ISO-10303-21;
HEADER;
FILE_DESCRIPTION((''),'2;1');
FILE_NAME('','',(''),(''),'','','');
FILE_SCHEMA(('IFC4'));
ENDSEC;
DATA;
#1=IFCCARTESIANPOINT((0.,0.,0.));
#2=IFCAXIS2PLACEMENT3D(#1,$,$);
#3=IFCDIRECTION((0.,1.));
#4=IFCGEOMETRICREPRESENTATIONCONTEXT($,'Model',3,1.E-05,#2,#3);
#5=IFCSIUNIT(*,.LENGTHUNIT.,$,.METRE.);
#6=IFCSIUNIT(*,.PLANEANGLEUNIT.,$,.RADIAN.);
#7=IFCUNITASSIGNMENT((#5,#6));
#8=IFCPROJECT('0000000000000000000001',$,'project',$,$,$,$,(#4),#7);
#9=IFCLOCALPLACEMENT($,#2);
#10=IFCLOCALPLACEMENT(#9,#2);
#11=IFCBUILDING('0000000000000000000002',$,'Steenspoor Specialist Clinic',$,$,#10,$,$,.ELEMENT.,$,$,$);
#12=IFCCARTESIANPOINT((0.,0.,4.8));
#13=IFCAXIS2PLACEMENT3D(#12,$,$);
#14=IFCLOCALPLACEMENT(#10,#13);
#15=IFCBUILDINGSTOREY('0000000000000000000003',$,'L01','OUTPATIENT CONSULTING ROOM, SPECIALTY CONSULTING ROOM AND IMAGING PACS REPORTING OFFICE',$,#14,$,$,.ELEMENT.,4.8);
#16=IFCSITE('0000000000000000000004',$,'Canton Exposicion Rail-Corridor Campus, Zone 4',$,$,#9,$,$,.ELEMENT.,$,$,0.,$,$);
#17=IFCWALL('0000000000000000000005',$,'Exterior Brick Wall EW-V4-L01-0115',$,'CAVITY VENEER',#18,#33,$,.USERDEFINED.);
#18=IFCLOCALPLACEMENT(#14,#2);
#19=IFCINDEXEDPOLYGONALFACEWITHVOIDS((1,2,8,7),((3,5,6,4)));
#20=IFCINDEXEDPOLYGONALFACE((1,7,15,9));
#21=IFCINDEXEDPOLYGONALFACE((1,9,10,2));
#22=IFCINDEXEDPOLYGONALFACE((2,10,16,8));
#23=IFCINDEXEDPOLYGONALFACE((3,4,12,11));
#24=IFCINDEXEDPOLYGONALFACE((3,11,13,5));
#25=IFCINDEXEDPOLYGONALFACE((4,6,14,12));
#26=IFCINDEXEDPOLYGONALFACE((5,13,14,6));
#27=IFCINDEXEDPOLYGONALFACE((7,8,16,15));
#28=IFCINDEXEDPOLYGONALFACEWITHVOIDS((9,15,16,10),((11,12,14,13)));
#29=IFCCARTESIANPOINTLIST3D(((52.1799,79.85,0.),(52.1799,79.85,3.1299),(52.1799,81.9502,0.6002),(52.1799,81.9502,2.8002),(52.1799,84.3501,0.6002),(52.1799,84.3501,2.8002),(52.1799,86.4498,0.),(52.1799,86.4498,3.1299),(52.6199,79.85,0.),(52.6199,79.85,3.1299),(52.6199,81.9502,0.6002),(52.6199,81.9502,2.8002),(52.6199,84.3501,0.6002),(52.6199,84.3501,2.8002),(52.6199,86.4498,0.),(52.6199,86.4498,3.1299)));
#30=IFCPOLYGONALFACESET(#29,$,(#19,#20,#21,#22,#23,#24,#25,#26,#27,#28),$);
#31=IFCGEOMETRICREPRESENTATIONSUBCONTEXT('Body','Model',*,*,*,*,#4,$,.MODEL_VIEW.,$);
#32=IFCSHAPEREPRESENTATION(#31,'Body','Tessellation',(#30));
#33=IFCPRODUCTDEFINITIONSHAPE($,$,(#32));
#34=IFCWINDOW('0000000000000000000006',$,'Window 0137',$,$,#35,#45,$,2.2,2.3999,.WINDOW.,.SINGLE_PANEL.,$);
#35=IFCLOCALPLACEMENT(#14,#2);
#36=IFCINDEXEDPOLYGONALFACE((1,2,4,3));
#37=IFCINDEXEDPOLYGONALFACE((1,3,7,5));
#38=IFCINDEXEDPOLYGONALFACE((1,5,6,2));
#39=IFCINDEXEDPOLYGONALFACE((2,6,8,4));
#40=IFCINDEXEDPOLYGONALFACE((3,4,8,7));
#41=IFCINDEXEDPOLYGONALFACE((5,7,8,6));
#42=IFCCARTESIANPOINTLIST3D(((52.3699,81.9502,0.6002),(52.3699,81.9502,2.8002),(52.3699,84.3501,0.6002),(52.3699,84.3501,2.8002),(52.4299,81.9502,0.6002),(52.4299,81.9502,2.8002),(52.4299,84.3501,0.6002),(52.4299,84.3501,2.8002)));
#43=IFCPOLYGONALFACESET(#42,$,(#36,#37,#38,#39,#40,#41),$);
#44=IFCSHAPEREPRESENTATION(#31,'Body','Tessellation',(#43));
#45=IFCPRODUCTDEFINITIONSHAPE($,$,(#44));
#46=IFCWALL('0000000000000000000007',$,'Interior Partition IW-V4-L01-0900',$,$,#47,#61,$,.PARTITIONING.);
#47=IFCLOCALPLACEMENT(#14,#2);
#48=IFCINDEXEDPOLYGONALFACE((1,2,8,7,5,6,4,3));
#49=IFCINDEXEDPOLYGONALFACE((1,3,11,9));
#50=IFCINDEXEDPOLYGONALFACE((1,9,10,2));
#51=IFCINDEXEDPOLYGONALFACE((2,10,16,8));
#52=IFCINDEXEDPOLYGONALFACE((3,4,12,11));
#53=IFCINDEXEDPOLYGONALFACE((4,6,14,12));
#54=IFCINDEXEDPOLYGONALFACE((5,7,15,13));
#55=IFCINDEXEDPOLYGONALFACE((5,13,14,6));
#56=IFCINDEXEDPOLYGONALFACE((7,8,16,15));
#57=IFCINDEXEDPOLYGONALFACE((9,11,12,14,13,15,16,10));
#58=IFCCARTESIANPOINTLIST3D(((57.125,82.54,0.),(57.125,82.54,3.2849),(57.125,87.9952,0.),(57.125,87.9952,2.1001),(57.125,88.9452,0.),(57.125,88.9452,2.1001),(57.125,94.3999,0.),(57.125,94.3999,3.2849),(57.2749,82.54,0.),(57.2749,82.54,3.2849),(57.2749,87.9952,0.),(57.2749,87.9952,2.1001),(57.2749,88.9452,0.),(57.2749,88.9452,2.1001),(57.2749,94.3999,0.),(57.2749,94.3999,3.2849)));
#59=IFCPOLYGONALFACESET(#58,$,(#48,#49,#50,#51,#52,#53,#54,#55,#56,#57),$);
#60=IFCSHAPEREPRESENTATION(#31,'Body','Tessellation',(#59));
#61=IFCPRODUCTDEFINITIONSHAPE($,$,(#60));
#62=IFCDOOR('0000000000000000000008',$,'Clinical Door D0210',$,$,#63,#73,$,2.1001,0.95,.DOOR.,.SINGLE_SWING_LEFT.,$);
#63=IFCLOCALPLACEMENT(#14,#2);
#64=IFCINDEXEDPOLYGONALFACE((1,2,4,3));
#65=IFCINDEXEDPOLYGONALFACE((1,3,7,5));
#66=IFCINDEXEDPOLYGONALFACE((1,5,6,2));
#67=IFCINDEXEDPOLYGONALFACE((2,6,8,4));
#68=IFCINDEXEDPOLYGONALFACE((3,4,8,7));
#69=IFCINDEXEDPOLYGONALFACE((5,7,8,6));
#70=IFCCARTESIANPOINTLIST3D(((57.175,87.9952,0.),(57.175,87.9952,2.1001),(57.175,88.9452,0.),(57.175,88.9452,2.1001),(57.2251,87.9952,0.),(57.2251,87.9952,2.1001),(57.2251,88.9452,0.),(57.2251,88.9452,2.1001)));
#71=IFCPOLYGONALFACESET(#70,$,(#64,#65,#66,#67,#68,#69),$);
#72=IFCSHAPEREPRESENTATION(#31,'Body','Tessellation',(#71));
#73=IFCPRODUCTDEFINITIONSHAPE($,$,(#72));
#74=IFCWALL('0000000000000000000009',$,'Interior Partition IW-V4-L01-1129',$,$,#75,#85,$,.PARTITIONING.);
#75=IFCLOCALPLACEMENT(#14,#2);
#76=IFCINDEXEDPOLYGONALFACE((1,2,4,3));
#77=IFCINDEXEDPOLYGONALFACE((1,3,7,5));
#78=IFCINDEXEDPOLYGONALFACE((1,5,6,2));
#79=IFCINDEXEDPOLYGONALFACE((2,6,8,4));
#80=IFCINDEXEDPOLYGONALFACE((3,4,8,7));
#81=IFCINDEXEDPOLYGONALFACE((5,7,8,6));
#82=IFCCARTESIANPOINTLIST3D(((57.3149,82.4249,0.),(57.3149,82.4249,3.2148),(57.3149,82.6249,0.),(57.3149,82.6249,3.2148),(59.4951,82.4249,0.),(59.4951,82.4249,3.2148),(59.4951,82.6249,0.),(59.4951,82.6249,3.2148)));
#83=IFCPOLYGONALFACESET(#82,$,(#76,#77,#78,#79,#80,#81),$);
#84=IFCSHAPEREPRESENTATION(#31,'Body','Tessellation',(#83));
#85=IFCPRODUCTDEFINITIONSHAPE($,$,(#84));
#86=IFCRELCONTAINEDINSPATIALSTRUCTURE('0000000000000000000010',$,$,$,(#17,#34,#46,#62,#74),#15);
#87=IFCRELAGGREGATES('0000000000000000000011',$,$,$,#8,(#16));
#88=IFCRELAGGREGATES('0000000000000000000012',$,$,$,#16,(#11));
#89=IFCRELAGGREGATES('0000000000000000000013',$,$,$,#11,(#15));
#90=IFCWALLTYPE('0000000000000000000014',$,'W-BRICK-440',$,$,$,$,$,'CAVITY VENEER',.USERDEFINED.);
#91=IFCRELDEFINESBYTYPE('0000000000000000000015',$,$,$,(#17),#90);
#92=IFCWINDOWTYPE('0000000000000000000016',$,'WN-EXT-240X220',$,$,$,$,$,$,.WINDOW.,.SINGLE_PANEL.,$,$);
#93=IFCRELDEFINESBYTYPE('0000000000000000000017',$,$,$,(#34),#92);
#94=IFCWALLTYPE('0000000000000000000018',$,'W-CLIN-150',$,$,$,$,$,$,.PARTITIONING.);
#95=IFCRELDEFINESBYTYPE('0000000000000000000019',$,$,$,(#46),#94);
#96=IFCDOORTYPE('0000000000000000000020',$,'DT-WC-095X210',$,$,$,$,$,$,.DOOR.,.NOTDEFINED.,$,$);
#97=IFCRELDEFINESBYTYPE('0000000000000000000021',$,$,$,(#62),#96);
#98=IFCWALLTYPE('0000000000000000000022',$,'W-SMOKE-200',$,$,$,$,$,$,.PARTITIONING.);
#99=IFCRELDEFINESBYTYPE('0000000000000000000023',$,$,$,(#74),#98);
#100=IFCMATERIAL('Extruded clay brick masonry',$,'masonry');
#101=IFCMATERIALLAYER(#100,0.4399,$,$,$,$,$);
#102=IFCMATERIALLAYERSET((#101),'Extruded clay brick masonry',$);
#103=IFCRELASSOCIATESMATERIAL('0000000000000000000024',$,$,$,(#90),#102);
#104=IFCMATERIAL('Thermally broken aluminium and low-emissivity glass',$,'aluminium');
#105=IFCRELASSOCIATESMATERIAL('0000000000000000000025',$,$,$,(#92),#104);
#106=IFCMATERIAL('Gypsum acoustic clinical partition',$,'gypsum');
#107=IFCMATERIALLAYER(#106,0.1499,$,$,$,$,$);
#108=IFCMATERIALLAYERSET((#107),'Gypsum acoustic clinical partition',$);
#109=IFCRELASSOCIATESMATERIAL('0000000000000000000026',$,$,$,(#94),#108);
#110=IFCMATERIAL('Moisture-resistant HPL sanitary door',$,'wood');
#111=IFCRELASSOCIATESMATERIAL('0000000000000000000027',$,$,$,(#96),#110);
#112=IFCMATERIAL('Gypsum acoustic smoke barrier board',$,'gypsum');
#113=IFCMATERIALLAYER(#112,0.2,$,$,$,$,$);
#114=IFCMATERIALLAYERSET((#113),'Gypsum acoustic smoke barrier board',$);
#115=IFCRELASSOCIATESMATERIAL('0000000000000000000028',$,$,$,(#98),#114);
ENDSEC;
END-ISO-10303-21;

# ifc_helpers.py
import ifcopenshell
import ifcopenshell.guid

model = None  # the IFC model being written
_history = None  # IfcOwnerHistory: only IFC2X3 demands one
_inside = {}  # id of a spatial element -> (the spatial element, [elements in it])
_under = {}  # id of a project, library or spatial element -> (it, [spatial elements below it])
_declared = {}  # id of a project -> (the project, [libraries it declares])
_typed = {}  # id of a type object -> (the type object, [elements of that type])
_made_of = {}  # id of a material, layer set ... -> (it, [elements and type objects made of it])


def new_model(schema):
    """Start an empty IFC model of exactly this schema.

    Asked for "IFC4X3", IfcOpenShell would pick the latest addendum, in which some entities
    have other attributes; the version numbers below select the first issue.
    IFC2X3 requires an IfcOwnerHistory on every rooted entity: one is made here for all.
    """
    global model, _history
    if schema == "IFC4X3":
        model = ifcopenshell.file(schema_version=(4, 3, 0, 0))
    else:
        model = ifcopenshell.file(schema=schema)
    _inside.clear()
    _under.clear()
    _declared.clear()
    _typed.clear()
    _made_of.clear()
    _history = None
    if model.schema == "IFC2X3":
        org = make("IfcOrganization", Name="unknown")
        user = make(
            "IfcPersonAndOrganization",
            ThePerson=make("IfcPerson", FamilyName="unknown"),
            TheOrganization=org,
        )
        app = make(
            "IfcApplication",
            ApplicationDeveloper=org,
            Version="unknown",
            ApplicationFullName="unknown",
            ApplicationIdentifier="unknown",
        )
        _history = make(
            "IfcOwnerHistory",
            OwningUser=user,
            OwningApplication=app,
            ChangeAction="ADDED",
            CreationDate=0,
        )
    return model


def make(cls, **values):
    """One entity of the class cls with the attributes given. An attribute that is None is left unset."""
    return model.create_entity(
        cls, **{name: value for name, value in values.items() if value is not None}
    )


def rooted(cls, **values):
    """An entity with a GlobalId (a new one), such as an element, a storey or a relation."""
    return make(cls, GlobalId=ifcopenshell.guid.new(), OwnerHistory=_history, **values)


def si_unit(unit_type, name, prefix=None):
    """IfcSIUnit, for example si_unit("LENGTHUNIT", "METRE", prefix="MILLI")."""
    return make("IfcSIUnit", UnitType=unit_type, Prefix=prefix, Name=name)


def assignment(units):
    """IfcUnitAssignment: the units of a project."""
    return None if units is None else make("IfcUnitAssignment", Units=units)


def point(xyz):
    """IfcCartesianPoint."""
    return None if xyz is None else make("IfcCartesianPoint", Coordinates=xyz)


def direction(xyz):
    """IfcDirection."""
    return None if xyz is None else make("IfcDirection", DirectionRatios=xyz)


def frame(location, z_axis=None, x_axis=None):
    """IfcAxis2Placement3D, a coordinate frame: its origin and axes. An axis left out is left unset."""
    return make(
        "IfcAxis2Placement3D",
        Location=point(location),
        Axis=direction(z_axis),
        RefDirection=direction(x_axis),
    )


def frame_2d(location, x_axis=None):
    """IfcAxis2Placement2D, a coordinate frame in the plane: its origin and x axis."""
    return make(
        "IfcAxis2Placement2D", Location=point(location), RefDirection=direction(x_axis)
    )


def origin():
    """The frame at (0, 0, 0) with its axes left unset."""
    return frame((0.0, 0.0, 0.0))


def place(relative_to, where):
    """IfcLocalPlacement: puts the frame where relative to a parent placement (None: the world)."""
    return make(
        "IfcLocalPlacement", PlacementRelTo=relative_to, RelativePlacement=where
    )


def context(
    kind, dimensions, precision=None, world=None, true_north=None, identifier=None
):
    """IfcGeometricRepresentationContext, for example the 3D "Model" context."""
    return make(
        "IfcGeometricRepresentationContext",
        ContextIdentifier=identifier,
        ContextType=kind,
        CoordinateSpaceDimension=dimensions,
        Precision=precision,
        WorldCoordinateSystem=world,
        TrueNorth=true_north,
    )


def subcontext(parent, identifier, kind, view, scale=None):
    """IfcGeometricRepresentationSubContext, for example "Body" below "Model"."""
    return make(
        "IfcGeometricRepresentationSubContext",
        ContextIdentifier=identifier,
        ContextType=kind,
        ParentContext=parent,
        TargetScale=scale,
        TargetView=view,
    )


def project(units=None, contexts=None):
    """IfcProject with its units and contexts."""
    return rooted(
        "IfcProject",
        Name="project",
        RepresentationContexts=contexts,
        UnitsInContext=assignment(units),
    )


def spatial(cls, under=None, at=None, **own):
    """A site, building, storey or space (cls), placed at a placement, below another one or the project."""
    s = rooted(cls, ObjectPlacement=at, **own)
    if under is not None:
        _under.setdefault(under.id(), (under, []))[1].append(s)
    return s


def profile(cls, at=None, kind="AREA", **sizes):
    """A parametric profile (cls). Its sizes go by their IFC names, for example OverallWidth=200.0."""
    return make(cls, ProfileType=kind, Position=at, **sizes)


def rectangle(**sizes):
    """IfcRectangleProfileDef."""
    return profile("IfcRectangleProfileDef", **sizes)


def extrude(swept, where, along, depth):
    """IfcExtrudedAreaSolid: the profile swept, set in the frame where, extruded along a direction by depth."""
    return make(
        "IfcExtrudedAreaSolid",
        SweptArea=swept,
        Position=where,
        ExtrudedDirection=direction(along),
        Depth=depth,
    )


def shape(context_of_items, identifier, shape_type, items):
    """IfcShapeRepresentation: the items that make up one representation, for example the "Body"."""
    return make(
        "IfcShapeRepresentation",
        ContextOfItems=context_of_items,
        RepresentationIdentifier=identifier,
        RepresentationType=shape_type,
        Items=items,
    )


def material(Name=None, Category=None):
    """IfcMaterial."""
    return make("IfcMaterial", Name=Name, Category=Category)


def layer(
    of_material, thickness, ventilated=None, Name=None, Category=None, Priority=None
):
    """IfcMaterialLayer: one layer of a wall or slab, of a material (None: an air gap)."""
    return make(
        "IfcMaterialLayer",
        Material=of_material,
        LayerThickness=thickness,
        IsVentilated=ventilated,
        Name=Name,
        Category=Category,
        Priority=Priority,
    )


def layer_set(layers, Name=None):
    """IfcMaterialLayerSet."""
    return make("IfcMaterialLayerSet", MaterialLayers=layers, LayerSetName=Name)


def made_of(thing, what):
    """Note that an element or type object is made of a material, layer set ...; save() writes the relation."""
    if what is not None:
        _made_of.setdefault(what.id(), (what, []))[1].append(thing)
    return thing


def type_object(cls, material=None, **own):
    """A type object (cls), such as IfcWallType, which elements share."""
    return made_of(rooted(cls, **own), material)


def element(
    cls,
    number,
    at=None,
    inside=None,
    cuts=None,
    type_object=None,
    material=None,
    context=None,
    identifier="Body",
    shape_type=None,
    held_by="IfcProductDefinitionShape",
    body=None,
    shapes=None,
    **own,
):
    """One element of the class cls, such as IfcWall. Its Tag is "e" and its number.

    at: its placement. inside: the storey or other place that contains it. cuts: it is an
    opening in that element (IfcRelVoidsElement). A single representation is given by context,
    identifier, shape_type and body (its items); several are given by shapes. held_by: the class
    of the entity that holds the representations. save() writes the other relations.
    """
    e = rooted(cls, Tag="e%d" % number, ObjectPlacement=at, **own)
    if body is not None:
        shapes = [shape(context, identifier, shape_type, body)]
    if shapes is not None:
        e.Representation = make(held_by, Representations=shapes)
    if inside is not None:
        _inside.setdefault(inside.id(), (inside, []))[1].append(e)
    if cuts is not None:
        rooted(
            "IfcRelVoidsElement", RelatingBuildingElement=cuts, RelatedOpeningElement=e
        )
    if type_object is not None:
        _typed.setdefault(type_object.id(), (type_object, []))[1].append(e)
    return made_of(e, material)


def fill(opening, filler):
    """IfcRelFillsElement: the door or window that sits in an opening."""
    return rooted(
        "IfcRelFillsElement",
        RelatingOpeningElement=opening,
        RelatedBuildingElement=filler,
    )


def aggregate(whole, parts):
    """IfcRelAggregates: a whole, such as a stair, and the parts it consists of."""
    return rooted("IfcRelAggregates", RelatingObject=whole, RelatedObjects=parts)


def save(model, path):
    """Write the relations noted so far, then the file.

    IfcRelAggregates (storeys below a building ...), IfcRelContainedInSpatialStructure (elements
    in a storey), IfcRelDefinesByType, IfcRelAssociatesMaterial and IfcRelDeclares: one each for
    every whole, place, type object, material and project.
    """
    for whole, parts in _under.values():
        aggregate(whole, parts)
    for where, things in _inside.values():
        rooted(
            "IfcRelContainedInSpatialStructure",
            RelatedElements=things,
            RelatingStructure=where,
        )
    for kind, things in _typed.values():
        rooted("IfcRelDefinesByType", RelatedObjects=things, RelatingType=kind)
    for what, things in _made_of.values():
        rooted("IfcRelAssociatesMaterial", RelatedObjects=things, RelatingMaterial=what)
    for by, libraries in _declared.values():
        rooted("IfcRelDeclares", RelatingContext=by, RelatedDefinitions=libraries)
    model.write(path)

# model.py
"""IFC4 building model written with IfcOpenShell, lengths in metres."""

from ifc_helpers import new_model, si_unit, direction, frame, frame_2d, origin, place, context, subcontext, project, spatial, rectangle, extrude, material, layer, layer_set, type_object, element, fill, save


model = new_model("IFC4")

# Units and contexts
model_context = context("Model", 3, precision=1e-05, world=origin(), true_north=direction((0.0, 1.0)))
body_context = subcontext(model_context, "Body", "Model", "MODEL_VIEW")
ifc_project = project(units=[si_unit("LENGTHUNIT", "METRE"), si_unit("PLANEANGLEUNIT", "RADIAN")], contexts=[model_context])

# Site, building, storey
site_placement = place(None, origin())
site = spatial("IfcSite", under=ifc_project, at=site_placement, Name="Canton Exposicion Rail-Corridor Campus, Zone 4", CompositionType="ELEMENT", RefElevation=0.0)
building_placement = place(site_placement, origin())
building = spatial("IfcBuilding", under=site, at=building_placement, Name="Steenspoor Specialist Clinic", CompositionType="ELEMENT")
storey_placement = place(building_placement, frame((0.0, 0.0, 4.8)))
storey = spatial("IfcBuildingStorey", under=building, at=storey_placement, Name="L01", Description="OUTPATIENT CONSULTING ROOM, SPECIALTY CONSULTING ROOM AND IMAGING PACS REPORTING OFFICE", CompositionType="ELEMENT", Elevation=4.8)

# Shared definitions
ifc_material_1 = material(Name="Thermally broken aluminium and low-emissivity glass", Category="aluminium")

# Wall, opening, window
ifc_material_2 = material(Name="Extruded clay brick masonry", Category="masonry")
ifc_layer_1 = layer(ifc_material_2, 0.4399)
ifc_layer_set_1 = layer_set([ifc_layer_1], Name="Extruded clay brick masonry")
wall_type_1 = type_object("IfcWallType", Name="W-BRICK-440", ElementType="CAVITY VENEER", PredefinedType="USERDEFINED", material=ifc_layer_set_1)
wall_1_placement = place(storey_placement, frame((52.3999, 79.8501, 0.0), z_axis=(0.0, 0.0, 1.0), x_axis=(0.0, 1.0, 0.0)))
wall_1 = element("IfcWall", 1, at=wall_1_placement, inside=storey, type_object=wall_type_1, Name="Exterior Brick Wall EW-V4-L01-0115", ObjectType="CAVITY VENEER", PredefinedType="USERDEFINED", context=body_context, shape_type="SweptSolid", body=[
    extrude(rectangle(XDim=6.5999, YDim=0.4399, at=frame_2d((3.2998, 0.0))), origin(), (0.0, 0.0, 1.0), 3.1299),
])
opening_1_placement = place(wall_1_placement, frame((2.1001, 0.0, 0.6001)))
opening_1 = element("IfcOpeningElement", 2, at=opening_1_placement, cuts=wall_1, PredefinedType="OPENING", context=body_context, shape_type="SweptSolid", body=[
    extrude(rectangle(XDim=2.3999, YDim=2.2, at=frame_2d((1.2, 1.1001))), frame((0.0, 0.23, 0.0), z_axis=(0.0, -1.0, 0.0), x_axis=(1.0, 0.0, 0.0)), (0.0, 0.0, 1.0), 0.46),
])
window_type = type_object("IfcWindowType", Name="WN-EXT-240X220", PartitioningType="SINGLE_PANEL", PredefinedType="WINDOW", material=ifc_material_1)
window_placement = place(opening_1_placement, origin())
window = element("IfcWindow", 3, at=window_placement, inside=storey, type_object=window_type, Name="Window 0137", OverallHeight=2.2, OverallWidth=2.3999, PartitioningType="SINGLE_PANEL", PredefinedType="WINDOW", context=body_context, shape_type="SweptSolid", body=[
    extrude(rectangle(XDim=2.3999, YDim=2.2, at=frame_2d((1.2, 1.1001))), frame((0.0, 0.03, 0.0), z_axis=(0.0, -1.0, 0.0), x_axis=(1.0, 0.0, 0.0)), (0.0, 0.0, 1.0), 0.0601),
])
fill(opening_1, window)

# Wall, opening, door
ifc_material_3 = material(Name="Gypsum acoustic clinical partition", Category="gypsum")
ifc_layer_2 = layer(ifc_material_3, 0.1499)
ifc_layer_set_2 = layer_set([ifc_layer_2], Name="Gypsum acoustic clinical partition")
wall_type_2 = type_object("IfcWallType", Name="W-CLIN-150", PredefinedType="PARTITIONING", material=ifc_layer_set_2)
wall_2_placement = place(storey_placement, frame((57.2, 82.54, 0.0), z_axis=(0.0, 0.0, 1.0), x_axis=(0.0, 1.0, 0.0)))
wall_2 = element("IfcWall", 4, at=wall_2_placement, inside=storey, type_object=wall_type_2, Name="Interior Partition IW-V4-L01-0900", PredefinedType="PARTITIONING", context=body_context, shape_type="SweptSolid", body=[
    extrude(rectangle(XDim=11.8599, YDim=0.1499, at=frame_2d((5.9299, 0.0))), origin(), (0.0, 0.0, 1.0), 3.2849),
])
opening_2_placement = place(wall_2_placement, frame((5.4551, 0.0, 0.0)))
opening_2 = element("IfcOpeningElement", 5, at=opening_2_placement, cuts=wall_2, PredefinedType="OPENING", context=body_context, shape_type="SweptSolid", body=[
    extrude(rectangle(XDim=0.95, YDim=2.1001, at=frame_2d((0.4751, 1.05))), frame((0.0, 0.085, 0.0), z_axis=(0.0, -1.0, 0.0), x_axis=(1.0, 0.0, 0.0)), (0.0, 0.0, 1.0), 0.1699),
])
ifc_material_4 = material(Name="Moisture-resistant HPL sanitary door", Category="wood")
door_type = type_object("IfcDoorType", Name="DT-WC-095X210", OperationType="NOTDEFINED", PredefinedType="DOOR", material=ifc_material_4)
door_placement = place(opening_2_placement, origin())
door = element("IfcDoor", 6, at=door_placement, inside=storey, type_object=door_type, Name="Clinical Door D0210", OperationType="SINGLE_SWING_LEFT", OverallHeight=2.1001, OverallWidth=0.95, PredefinedType="DOOR", context=body_context, shape_type="SweptSolid", body=[
    extrude(rectangle(XDim=0.95, YDim=2.1001, at=frame_2d((0.4751, 1.05))), frame((0.0, 0.0249, 0.0), z_axis=(0.0, -1.0, 0.0), x_axis=(1.0, 0.0, 0.0)), (0.0, 0.0, 1.0), 0.05),
])
fill(opening_2, door)

# Wall
ifc_material_5 = material(Name="Gypsum acoustic smoke barrier board", Category="gypsum")
ifc_layer_3 = layer(ifc_material_5, 0.2)
ifc_layer_set_3 = layer_set([ifc_layer_3], Name="Gypsum acoustic smoke barrier board")
wall_type_3 = type_object("IfcWallType", Name="W-SMOKE-200", PredefinedType="PARTITIONING", material=ifc_layer_set_3)
wall_3_placement = place(storey_placement, frame((57.3149, 82.5249, 0.0), z_axis=(0.0, 0.0, 1.0), x_axis=(1.0, 0.0, 0.0)))
element("IfcWall", 7, at=wall_3_placement, inside=storey, type_object=wall_type_3, Name="Interior Partition IW-V4-L01-1129", PredefinedType="PARTITIONING", context=body_context, shape_type="SweptSolid", body=[
    extrude(rectangle(XDim=2.1802, YDim=0.2, at=frame_2d((1.0901, 0.0))), origin(), (0.0, 0.0, 1.0), 3.2148),
])

save(model, "model.ifc")
